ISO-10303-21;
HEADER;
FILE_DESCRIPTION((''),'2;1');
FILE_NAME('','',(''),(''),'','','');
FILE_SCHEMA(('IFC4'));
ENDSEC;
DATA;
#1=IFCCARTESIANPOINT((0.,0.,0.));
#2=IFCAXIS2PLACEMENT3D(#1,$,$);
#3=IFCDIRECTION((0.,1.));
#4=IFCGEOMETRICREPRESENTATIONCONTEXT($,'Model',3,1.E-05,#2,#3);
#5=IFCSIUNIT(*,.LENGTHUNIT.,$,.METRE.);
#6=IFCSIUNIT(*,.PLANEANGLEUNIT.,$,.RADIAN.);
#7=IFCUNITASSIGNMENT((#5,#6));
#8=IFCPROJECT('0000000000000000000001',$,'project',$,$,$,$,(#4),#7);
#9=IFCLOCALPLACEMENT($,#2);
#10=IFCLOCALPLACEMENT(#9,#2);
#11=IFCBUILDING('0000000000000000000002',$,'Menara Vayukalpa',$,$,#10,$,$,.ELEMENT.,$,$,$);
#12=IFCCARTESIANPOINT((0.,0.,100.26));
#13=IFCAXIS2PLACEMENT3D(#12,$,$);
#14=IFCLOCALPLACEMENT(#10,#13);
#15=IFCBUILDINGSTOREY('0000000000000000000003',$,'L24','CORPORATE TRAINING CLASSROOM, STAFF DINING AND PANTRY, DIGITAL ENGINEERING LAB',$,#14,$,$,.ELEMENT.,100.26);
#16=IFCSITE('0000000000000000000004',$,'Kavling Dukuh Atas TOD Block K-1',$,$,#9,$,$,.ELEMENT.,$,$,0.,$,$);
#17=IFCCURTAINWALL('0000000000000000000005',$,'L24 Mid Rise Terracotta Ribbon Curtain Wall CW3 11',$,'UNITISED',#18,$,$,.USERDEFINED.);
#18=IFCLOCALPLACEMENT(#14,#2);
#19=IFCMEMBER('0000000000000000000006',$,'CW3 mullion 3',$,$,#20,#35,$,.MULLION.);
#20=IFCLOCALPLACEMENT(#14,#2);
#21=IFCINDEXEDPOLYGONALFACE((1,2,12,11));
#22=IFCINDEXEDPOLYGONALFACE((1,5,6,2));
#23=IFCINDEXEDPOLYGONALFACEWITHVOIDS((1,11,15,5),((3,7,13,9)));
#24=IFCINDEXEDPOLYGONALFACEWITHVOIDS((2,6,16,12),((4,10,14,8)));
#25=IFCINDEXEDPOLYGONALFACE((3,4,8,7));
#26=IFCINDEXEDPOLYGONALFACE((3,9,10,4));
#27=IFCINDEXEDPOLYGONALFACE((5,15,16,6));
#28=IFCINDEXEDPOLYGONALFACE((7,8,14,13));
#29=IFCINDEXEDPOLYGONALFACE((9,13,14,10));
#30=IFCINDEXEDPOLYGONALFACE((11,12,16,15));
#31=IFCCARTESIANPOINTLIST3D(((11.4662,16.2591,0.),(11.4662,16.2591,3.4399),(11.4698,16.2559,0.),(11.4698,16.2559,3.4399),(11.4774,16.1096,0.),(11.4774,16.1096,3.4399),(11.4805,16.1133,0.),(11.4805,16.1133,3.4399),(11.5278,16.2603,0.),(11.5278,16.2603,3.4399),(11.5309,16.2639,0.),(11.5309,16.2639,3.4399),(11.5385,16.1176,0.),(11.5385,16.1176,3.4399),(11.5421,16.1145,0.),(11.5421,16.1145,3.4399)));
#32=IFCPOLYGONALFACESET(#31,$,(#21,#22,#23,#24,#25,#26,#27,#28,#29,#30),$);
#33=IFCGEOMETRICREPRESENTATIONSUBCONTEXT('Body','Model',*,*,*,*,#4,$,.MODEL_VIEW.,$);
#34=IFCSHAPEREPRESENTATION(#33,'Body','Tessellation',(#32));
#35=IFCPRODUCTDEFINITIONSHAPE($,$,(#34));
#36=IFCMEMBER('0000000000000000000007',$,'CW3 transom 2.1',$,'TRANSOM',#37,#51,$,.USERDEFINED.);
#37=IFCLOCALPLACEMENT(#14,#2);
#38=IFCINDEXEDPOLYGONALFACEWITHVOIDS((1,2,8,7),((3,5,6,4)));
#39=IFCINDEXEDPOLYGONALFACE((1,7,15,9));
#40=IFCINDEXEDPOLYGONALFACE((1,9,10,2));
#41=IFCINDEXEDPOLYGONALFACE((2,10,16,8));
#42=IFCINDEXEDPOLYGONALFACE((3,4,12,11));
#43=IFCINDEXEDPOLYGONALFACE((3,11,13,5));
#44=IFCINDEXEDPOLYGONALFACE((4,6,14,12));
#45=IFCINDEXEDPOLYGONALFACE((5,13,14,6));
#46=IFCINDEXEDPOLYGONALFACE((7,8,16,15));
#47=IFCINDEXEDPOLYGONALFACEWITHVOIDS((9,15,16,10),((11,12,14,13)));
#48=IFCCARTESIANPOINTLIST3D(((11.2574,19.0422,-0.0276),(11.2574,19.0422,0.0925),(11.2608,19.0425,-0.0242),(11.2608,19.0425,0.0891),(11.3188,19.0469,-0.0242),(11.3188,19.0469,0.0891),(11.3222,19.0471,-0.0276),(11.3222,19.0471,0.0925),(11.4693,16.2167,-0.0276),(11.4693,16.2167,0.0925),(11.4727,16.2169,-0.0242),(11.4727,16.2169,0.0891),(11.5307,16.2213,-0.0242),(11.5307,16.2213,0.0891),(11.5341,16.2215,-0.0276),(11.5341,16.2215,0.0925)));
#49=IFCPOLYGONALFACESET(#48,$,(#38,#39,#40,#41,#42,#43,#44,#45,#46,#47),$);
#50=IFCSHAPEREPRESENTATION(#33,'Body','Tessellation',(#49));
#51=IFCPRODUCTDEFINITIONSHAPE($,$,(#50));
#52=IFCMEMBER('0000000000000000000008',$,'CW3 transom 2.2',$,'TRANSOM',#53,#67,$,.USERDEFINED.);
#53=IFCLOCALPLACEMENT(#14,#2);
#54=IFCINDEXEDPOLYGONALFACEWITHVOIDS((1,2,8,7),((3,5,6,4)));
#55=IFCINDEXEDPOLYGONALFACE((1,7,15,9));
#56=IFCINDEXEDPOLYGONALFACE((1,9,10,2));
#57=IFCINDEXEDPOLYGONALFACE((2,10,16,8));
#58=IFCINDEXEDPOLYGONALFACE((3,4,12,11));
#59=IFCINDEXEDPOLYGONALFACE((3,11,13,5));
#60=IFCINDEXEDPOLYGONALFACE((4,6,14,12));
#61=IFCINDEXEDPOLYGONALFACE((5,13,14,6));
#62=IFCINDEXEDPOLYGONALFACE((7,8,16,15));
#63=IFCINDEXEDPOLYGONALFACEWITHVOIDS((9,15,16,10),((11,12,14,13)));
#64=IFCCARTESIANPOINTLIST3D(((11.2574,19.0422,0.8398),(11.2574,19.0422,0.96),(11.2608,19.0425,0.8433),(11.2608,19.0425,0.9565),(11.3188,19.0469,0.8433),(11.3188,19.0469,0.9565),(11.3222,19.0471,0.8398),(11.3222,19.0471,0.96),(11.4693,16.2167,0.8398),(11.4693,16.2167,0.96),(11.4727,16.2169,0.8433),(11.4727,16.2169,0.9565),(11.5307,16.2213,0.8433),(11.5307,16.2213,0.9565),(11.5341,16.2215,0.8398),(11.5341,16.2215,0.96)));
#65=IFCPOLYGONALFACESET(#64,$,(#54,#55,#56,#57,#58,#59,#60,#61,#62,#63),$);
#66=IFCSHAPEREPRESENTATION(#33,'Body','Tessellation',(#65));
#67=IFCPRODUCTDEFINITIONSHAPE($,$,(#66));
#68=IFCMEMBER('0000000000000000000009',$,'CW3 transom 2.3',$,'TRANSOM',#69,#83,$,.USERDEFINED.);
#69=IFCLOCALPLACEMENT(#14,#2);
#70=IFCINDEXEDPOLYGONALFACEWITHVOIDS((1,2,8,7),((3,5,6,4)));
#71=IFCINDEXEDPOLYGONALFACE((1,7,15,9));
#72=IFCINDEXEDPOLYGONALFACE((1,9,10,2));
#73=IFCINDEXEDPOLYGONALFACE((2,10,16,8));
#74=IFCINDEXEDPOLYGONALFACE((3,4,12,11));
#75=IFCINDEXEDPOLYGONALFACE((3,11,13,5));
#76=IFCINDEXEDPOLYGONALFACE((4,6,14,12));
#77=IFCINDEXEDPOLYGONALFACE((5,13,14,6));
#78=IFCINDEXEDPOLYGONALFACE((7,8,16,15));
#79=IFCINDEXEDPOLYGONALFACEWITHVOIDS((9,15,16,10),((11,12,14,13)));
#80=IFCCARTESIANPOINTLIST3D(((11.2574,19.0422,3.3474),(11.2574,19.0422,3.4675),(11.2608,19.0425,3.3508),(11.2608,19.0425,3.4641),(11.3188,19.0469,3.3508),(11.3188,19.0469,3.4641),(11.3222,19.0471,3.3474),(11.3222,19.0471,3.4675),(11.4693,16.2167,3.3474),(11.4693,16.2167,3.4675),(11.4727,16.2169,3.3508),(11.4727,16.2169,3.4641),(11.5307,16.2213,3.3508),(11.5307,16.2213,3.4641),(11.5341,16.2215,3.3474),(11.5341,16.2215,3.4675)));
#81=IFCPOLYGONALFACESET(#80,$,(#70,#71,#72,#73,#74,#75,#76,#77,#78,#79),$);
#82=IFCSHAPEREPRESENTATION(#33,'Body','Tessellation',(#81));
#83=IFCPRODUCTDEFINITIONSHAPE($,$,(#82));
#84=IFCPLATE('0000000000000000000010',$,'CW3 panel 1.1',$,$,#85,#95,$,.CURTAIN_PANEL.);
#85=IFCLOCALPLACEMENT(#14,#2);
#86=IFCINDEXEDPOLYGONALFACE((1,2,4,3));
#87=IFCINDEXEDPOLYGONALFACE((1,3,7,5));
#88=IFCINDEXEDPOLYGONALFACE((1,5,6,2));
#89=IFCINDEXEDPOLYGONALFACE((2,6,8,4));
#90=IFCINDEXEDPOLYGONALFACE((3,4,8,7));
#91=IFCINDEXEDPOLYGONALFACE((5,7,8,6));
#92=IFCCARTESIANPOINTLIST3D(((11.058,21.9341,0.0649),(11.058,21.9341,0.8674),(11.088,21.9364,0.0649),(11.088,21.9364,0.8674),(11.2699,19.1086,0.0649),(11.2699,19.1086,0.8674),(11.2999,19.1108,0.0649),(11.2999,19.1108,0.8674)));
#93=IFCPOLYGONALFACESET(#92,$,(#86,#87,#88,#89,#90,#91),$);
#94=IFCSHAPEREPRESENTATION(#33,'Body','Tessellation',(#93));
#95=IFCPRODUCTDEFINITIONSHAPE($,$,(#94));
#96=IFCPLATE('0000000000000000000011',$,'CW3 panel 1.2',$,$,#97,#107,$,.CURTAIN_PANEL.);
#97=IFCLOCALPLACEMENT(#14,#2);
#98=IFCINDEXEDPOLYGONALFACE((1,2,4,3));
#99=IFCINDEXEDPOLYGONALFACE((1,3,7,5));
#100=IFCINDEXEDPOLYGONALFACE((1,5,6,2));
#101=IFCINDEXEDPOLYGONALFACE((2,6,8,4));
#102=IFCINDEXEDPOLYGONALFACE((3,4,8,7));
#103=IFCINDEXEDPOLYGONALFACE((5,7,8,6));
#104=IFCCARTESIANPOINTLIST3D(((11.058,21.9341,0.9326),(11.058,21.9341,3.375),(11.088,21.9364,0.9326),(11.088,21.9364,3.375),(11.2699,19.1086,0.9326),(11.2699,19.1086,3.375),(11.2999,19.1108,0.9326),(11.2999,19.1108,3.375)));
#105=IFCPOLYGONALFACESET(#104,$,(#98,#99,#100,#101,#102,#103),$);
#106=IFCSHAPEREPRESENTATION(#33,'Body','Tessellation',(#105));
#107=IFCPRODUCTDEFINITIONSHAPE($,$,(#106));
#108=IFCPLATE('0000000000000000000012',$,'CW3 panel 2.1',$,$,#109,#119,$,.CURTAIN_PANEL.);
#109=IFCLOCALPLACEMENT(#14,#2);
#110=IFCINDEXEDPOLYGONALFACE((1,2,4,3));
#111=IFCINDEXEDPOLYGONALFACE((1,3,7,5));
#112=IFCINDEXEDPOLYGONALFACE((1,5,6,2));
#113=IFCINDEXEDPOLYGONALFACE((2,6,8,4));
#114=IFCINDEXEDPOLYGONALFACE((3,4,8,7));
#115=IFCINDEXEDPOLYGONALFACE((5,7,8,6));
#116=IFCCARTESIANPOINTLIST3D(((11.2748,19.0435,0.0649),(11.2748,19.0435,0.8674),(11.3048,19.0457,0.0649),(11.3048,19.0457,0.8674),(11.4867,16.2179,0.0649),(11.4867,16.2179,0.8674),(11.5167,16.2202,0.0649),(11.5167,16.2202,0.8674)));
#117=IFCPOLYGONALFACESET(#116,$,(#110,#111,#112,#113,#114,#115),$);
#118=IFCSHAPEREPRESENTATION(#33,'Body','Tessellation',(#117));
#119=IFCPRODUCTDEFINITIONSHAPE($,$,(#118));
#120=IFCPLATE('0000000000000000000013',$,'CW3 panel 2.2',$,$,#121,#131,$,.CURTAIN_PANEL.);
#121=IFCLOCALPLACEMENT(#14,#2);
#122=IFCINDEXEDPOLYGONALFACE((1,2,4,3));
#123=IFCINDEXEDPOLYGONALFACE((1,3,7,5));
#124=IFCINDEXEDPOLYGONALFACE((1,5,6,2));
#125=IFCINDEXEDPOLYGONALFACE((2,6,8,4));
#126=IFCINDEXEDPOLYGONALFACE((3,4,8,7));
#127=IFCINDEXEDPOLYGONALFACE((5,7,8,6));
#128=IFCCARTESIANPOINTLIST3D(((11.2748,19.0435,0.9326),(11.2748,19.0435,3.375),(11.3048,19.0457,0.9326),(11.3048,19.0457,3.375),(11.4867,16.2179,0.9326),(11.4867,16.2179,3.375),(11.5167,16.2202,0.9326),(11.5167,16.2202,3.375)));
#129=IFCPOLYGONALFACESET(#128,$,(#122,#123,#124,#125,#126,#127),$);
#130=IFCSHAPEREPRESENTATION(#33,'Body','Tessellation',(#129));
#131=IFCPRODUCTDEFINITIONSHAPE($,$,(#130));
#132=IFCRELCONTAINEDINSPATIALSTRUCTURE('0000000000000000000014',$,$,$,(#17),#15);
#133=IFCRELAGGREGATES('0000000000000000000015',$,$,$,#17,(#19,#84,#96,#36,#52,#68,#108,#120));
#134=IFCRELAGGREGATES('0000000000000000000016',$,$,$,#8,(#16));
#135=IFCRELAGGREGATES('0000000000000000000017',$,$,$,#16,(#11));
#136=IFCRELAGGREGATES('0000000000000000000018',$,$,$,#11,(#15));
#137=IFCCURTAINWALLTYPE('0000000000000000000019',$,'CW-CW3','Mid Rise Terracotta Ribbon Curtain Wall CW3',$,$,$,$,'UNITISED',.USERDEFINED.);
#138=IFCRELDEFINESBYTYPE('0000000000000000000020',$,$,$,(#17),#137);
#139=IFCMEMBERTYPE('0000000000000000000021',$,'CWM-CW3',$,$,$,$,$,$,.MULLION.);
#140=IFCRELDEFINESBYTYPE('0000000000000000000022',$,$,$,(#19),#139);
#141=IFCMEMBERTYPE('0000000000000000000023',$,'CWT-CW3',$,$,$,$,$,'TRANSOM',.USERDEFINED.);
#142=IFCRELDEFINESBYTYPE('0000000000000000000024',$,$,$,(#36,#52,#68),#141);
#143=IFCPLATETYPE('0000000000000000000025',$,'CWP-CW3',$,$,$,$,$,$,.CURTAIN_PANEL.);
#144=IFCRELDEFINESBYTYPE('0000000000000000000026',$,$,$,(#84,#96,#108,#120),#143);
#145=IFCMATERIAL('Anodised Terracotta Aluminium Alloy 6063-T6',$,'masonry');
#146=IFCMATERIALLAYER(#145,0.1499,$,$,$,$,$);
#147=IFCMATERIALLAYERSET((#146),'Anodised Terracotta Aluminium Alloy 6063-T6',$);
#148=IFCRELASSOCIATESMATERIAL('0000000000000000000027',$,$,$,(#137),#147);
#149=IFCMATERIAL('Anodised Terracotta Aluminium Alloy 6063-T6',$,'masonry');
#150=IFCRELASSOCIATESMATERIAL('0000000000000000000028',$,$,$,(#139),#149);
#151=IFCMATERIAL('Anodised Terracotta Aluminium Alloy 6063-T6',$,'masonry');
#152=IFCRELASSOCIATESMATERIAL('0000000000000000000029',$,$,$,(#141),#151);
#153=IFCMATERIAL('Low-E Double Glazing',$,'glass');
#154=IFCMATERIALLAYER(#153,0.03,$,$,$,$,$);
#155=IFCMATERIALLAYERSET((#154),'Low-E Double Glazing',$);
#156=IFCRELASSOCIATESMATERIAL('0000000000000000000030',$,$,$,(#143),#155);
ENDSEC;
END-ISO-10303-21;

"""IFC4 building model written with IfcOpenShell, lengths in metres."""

from ifc_helpers import new_model, si_unit, direction, frame, origin, origin_2d, place, context, subcontext, project, spatial, rectangle, hollow_rectangle, extrude, material, layer, layer_set, material_profile, profile_set, type_object, element, aggregate, save


model = new_model("IFC4")

# Units and contexts
model_context = context("Model", 3, precision=1e-05, world=origin(), true_north=direction((0.0, 1.0)))
body_context = subcontext(model_context, "Body", "Model", "MODEL_VIEW")
ifc_project = project(units=[si_unit("LENGTHUNIT", "METRE"), si_unit("PLANEANGLEUNIT", "RADIAN")], contexts=[model_context])

# Site, building, storey
site_placement = place(None, origin())
site = spatial("IfcSite", under=ifc_project, at=site_placement, Name="Kavling Dukuh Atas TOD Block K-1", CompositionType="ELEMENT", RefElevation=0.0)
building_placement = place(site_placement, origin())
building = spatial("IfcBuilding", under=site, at=building_placement, Name="Menara Vayukalpa", CompositionType="ELEMENT")
storey_placement = place(building_placement, frame((0.0, 0.0, 100.26)))
storey = spatial("IfcBuildingStorey", under=building, at=storey_placement, Name="L24", Description="CORPORATE TRAINING CLASSROOM, STAFF DINING AND PANTRY, DIGITAL ENGINEERING LAB", CompositionType="ELEMENT", Elevation=100.26)

# Curtain wall, members, plates
ifc_material_1 = material(Name="Anodised Terracotta Aluminium Alloy 6063-T6", Category="masonry")
ifc_layer_1 = layer(ifc_material_1, 0.1499)
ifc_layer_set_1 = layer_set([ifc_layer_1], Name="Anodised Terracotta Aluminium Alloy 6063-T6")
curtain_wall_type = type_object("IfcCurtainWallType", Name="CW-CW3", Description="Mid Rise Terracotta Ribbon Curtain Wall CW3", ElementType="UNITISED", PredefinedType="USERDEFINED", material=ifc_layer_set_1)
curtain_wall_placement = place(storey_placement, origin())
curtain_wall = element("IfcCurtainWall", 1, at=curtain_wall_placement, inside=storey, type_object=curtain_wall_type, Name="L24 Mid Rise Terracotta Ribbon Curtain Wall CW3 11", ObjectType="UNITISED", PredefinedType="USERDEFINED")
ifc_material_2 = material(Name="Anodised Terracotta Aluminium Alloy 6063-T6", Category="masonry")
ifc_material_profile_1 = material_profile(ifc_material_2, hollow_rectangle(XDim=0.0649, YDim=0.1499, WallThickness=0.0034, at=origin_2d()), Name="ALU 65x150x3.5")
ifc_profile_set_1 = profile_set([ifc_material_profile_1], Name="Anodised Terracotta Aluminium Alloy 6063-T6")
member_type_1 = type_object("IfcMemberType", Name="CWM-CW3", PredefinedType="MULLION", material=ifc_profile_set_1)
member_1_placement = place(storey_placement, frame((11.5042, 16.1868, 0.0), z_axis=(0.0, 0.0, 1.0), x_axis=(0.9972, 0.074785, 0.0)))
member_1 = element("IfcMember", 2, at=member_1_placement, type_object=member_type_1, Name="CW3 mullion 3", PredefinedType="MULLION", context=body_context, shape_type="SweptSolid", body=[
    extrude(hollow_rectangle(XDim=0.0649, YDim=0.1499, WallThickness=0.0034, at=origin_2d()), origin(), (0.0, 0.0, 1.0), 3.4399),
])
ifc_material_3 = material(Name="Anodised Terracotta Aluminium Alloy 6063-T6", Category="masonry")
ifc_material_profile_2 = material_profile(ifc_material_3, hollow_rectangle(XDim=0.0649, YDim=0.1201, WallThickness=0.0034, at=origin_2d()), Name="ALU 65x120x3.5")
ifc_profile_set_2 = profile_set([ifc_material_profile_2], Name="Anodised Terracotta Aluminium Alloy 6063-T6")
member_type_2 = type_object("IfcMemberType", Name="CWT-CW3", ElementType="TRANSOM", PredefinedType="USERDEFINED", material=ifc_profile_set_2)
member_2_placement = place(storey_placement, frame((11.2898, 19.0447, 0.0325), z_axis=(0.074792, -0.997199, 0.0), x_axis=(0.997199, 0.074792, 0.0)))
member_2 = element("IfcMember", 3, at=member_2_placement, type_object=member_type_2, Name="CW3 transom 2.1", ObjectType="TRANSOM", PredefinedType="USERDEFINED", context=body_context, shape_type="SweptSolid", body=[
    extrude(hollow_rectangle(XDim=0.0649, YDim=0.1201, WallThickness=0.0034, at=origin_2d()), origin(), (0.0, 0.0, 1.0), 2.8335),
])
member_3_placement = place(storey_placement, frame((11.2898, 19.0447, 0.8999), z_axis=(0.074792, -0.997199, 0.0), x_axis=(0.997199, 0.074792, 0.0)))
member_3 = element("IfcMember", 4, at=member_3_placement, type_object=member_type_2, Name="CW3 transom 2.2", ObjectType="TRANSOM", PredefinedType="USERDEFINED", context=body_context, shape_type="SweptSolid", body=[
    extrude(hollow_rectangle(XDim=0.0649, YDim=0.1201, WallThickness=0.0034, at=origin_2d()), origin(), (0.0, 0.0, 1.0), 2.8335),
])
member_4_placement = place(storey_placement, frame((11.2898, 19.0447, 3.4075), z_axis=(0.074792, -0.997199, 0.0), x_axis=(0.997199, 0.074792, 0.0)))
member_4 = element("IfcMember", 5, at=member_4_placement, type_object=member_type_2, Name="CW3 transom 2.3", ObjectType="TRANSOM", PredefinedType="USERDEFINED", context=body_context, shape_type="SweptSolid", body=[
    extrude(hollow_rectangle(XDim=0.0649, YDim=0.1201, WallThickness=0.0034, at=origin_2d()), origin(), (0.0, 0.0, 1.0), 2.8335),
])
ifc_material_4 = material(Name="Low-E Double Glazing", Category="glass")
ifc_layer_2 = layer(ifc_material_4, 0.03)
ifc_layer_set_2 = layer_set([ifc_layer_2], Name="Low-E Double Glazing")
plate_type = type_object("IfcPlateType", Name="CWP-CW3", PredefinedType="CURTAIN_PANEL", material=ifc_layer_set_2)
plate_1_placement = place(storey_placement, frame((11.179, 20.5225, 0.0649), z_axis=(0.0, 0.0, 1.0), x_axis=(0.074785, -0.9972, 0.0)))
plate_1 = element("IfcPlate", 6, at=plate_1_placement, type_object=plate_type, Name="CW3 panel 1.1", PredefinedType="CURTAIN_PANEL", context=body_context, shape_type="SweptSolid", body=[
    extrude(rectangle(XDim=2.8335, YDim=0.03, at=origin_2d()), origin(), (0.0, 0.0, 1.0), 0.8025),
])
plate_2_placement = place(storey_placement, frame((11.179, 20.5225, 0.9326), z_axis=(0.0, 0.0, 1.0), x_axis=(0.074785, -0.9972, 0.0)))
plate_2 = element("IfcPlate", 7, at=plate_2_placement, type_object=plate_type, Name="CW3 panel 1.2", PredefinedType="CURTAIN_PANEL", context=body_context, shape_type="SweptSolid", body=[
    extrude(rectangle(XDim=2.8335, YDim=0.03, at=origin_2d()), origin(), (0.0, 0.0, 1.0), 2.4424),
])
plate_3_placement = place(storey_placement, frame((11.3958, 17.6318, 0.0649), z_axis=(0.0, 0.0, 1.0), x_axis=(0.074785, -0.9972, 0.0)))
plate_3 = element("IfcPlate", 8, at=plate_3_placement, type_object=plate_type, Name="CW3 panel 2.1", PredefinedType="CURTAIN_PANEL", context=body_context, shape_type="SweptSolid", body=[
    extrude(rectangle(XDim=2.8335, YDim=0.03, at=origin_2d()), origin(), (0.0, 0.0, 1.0), 0.8025),
])
plate_4_placement = place(storey_placement, frame((11.3958, 17.6318, 0.9326), z_axis=(0.0, 0.0, 1.0), x_axis=(0.074785, -0.9972, 0.0)))
plate_4 = element("IfcPlate", 9, at=plate_4_placement, type_object=plate_type, Name="CW3 panel 2.2", PredefinedType="CURTAIN_PANEL", context=body_context, shape_type="SweptSolid", body=[
    extrude(rectangle(XDim=2.8335, YDim=0.03, at=origin_2d()), origin(), (0.0, 0.0, 1.0), 2.4424),
])
aggregate(curtain_wall, [member_1, plate_1, plate_2, member_2, member_3, member_4, plate_3, plate_4])

save(model, "model.ifc")
